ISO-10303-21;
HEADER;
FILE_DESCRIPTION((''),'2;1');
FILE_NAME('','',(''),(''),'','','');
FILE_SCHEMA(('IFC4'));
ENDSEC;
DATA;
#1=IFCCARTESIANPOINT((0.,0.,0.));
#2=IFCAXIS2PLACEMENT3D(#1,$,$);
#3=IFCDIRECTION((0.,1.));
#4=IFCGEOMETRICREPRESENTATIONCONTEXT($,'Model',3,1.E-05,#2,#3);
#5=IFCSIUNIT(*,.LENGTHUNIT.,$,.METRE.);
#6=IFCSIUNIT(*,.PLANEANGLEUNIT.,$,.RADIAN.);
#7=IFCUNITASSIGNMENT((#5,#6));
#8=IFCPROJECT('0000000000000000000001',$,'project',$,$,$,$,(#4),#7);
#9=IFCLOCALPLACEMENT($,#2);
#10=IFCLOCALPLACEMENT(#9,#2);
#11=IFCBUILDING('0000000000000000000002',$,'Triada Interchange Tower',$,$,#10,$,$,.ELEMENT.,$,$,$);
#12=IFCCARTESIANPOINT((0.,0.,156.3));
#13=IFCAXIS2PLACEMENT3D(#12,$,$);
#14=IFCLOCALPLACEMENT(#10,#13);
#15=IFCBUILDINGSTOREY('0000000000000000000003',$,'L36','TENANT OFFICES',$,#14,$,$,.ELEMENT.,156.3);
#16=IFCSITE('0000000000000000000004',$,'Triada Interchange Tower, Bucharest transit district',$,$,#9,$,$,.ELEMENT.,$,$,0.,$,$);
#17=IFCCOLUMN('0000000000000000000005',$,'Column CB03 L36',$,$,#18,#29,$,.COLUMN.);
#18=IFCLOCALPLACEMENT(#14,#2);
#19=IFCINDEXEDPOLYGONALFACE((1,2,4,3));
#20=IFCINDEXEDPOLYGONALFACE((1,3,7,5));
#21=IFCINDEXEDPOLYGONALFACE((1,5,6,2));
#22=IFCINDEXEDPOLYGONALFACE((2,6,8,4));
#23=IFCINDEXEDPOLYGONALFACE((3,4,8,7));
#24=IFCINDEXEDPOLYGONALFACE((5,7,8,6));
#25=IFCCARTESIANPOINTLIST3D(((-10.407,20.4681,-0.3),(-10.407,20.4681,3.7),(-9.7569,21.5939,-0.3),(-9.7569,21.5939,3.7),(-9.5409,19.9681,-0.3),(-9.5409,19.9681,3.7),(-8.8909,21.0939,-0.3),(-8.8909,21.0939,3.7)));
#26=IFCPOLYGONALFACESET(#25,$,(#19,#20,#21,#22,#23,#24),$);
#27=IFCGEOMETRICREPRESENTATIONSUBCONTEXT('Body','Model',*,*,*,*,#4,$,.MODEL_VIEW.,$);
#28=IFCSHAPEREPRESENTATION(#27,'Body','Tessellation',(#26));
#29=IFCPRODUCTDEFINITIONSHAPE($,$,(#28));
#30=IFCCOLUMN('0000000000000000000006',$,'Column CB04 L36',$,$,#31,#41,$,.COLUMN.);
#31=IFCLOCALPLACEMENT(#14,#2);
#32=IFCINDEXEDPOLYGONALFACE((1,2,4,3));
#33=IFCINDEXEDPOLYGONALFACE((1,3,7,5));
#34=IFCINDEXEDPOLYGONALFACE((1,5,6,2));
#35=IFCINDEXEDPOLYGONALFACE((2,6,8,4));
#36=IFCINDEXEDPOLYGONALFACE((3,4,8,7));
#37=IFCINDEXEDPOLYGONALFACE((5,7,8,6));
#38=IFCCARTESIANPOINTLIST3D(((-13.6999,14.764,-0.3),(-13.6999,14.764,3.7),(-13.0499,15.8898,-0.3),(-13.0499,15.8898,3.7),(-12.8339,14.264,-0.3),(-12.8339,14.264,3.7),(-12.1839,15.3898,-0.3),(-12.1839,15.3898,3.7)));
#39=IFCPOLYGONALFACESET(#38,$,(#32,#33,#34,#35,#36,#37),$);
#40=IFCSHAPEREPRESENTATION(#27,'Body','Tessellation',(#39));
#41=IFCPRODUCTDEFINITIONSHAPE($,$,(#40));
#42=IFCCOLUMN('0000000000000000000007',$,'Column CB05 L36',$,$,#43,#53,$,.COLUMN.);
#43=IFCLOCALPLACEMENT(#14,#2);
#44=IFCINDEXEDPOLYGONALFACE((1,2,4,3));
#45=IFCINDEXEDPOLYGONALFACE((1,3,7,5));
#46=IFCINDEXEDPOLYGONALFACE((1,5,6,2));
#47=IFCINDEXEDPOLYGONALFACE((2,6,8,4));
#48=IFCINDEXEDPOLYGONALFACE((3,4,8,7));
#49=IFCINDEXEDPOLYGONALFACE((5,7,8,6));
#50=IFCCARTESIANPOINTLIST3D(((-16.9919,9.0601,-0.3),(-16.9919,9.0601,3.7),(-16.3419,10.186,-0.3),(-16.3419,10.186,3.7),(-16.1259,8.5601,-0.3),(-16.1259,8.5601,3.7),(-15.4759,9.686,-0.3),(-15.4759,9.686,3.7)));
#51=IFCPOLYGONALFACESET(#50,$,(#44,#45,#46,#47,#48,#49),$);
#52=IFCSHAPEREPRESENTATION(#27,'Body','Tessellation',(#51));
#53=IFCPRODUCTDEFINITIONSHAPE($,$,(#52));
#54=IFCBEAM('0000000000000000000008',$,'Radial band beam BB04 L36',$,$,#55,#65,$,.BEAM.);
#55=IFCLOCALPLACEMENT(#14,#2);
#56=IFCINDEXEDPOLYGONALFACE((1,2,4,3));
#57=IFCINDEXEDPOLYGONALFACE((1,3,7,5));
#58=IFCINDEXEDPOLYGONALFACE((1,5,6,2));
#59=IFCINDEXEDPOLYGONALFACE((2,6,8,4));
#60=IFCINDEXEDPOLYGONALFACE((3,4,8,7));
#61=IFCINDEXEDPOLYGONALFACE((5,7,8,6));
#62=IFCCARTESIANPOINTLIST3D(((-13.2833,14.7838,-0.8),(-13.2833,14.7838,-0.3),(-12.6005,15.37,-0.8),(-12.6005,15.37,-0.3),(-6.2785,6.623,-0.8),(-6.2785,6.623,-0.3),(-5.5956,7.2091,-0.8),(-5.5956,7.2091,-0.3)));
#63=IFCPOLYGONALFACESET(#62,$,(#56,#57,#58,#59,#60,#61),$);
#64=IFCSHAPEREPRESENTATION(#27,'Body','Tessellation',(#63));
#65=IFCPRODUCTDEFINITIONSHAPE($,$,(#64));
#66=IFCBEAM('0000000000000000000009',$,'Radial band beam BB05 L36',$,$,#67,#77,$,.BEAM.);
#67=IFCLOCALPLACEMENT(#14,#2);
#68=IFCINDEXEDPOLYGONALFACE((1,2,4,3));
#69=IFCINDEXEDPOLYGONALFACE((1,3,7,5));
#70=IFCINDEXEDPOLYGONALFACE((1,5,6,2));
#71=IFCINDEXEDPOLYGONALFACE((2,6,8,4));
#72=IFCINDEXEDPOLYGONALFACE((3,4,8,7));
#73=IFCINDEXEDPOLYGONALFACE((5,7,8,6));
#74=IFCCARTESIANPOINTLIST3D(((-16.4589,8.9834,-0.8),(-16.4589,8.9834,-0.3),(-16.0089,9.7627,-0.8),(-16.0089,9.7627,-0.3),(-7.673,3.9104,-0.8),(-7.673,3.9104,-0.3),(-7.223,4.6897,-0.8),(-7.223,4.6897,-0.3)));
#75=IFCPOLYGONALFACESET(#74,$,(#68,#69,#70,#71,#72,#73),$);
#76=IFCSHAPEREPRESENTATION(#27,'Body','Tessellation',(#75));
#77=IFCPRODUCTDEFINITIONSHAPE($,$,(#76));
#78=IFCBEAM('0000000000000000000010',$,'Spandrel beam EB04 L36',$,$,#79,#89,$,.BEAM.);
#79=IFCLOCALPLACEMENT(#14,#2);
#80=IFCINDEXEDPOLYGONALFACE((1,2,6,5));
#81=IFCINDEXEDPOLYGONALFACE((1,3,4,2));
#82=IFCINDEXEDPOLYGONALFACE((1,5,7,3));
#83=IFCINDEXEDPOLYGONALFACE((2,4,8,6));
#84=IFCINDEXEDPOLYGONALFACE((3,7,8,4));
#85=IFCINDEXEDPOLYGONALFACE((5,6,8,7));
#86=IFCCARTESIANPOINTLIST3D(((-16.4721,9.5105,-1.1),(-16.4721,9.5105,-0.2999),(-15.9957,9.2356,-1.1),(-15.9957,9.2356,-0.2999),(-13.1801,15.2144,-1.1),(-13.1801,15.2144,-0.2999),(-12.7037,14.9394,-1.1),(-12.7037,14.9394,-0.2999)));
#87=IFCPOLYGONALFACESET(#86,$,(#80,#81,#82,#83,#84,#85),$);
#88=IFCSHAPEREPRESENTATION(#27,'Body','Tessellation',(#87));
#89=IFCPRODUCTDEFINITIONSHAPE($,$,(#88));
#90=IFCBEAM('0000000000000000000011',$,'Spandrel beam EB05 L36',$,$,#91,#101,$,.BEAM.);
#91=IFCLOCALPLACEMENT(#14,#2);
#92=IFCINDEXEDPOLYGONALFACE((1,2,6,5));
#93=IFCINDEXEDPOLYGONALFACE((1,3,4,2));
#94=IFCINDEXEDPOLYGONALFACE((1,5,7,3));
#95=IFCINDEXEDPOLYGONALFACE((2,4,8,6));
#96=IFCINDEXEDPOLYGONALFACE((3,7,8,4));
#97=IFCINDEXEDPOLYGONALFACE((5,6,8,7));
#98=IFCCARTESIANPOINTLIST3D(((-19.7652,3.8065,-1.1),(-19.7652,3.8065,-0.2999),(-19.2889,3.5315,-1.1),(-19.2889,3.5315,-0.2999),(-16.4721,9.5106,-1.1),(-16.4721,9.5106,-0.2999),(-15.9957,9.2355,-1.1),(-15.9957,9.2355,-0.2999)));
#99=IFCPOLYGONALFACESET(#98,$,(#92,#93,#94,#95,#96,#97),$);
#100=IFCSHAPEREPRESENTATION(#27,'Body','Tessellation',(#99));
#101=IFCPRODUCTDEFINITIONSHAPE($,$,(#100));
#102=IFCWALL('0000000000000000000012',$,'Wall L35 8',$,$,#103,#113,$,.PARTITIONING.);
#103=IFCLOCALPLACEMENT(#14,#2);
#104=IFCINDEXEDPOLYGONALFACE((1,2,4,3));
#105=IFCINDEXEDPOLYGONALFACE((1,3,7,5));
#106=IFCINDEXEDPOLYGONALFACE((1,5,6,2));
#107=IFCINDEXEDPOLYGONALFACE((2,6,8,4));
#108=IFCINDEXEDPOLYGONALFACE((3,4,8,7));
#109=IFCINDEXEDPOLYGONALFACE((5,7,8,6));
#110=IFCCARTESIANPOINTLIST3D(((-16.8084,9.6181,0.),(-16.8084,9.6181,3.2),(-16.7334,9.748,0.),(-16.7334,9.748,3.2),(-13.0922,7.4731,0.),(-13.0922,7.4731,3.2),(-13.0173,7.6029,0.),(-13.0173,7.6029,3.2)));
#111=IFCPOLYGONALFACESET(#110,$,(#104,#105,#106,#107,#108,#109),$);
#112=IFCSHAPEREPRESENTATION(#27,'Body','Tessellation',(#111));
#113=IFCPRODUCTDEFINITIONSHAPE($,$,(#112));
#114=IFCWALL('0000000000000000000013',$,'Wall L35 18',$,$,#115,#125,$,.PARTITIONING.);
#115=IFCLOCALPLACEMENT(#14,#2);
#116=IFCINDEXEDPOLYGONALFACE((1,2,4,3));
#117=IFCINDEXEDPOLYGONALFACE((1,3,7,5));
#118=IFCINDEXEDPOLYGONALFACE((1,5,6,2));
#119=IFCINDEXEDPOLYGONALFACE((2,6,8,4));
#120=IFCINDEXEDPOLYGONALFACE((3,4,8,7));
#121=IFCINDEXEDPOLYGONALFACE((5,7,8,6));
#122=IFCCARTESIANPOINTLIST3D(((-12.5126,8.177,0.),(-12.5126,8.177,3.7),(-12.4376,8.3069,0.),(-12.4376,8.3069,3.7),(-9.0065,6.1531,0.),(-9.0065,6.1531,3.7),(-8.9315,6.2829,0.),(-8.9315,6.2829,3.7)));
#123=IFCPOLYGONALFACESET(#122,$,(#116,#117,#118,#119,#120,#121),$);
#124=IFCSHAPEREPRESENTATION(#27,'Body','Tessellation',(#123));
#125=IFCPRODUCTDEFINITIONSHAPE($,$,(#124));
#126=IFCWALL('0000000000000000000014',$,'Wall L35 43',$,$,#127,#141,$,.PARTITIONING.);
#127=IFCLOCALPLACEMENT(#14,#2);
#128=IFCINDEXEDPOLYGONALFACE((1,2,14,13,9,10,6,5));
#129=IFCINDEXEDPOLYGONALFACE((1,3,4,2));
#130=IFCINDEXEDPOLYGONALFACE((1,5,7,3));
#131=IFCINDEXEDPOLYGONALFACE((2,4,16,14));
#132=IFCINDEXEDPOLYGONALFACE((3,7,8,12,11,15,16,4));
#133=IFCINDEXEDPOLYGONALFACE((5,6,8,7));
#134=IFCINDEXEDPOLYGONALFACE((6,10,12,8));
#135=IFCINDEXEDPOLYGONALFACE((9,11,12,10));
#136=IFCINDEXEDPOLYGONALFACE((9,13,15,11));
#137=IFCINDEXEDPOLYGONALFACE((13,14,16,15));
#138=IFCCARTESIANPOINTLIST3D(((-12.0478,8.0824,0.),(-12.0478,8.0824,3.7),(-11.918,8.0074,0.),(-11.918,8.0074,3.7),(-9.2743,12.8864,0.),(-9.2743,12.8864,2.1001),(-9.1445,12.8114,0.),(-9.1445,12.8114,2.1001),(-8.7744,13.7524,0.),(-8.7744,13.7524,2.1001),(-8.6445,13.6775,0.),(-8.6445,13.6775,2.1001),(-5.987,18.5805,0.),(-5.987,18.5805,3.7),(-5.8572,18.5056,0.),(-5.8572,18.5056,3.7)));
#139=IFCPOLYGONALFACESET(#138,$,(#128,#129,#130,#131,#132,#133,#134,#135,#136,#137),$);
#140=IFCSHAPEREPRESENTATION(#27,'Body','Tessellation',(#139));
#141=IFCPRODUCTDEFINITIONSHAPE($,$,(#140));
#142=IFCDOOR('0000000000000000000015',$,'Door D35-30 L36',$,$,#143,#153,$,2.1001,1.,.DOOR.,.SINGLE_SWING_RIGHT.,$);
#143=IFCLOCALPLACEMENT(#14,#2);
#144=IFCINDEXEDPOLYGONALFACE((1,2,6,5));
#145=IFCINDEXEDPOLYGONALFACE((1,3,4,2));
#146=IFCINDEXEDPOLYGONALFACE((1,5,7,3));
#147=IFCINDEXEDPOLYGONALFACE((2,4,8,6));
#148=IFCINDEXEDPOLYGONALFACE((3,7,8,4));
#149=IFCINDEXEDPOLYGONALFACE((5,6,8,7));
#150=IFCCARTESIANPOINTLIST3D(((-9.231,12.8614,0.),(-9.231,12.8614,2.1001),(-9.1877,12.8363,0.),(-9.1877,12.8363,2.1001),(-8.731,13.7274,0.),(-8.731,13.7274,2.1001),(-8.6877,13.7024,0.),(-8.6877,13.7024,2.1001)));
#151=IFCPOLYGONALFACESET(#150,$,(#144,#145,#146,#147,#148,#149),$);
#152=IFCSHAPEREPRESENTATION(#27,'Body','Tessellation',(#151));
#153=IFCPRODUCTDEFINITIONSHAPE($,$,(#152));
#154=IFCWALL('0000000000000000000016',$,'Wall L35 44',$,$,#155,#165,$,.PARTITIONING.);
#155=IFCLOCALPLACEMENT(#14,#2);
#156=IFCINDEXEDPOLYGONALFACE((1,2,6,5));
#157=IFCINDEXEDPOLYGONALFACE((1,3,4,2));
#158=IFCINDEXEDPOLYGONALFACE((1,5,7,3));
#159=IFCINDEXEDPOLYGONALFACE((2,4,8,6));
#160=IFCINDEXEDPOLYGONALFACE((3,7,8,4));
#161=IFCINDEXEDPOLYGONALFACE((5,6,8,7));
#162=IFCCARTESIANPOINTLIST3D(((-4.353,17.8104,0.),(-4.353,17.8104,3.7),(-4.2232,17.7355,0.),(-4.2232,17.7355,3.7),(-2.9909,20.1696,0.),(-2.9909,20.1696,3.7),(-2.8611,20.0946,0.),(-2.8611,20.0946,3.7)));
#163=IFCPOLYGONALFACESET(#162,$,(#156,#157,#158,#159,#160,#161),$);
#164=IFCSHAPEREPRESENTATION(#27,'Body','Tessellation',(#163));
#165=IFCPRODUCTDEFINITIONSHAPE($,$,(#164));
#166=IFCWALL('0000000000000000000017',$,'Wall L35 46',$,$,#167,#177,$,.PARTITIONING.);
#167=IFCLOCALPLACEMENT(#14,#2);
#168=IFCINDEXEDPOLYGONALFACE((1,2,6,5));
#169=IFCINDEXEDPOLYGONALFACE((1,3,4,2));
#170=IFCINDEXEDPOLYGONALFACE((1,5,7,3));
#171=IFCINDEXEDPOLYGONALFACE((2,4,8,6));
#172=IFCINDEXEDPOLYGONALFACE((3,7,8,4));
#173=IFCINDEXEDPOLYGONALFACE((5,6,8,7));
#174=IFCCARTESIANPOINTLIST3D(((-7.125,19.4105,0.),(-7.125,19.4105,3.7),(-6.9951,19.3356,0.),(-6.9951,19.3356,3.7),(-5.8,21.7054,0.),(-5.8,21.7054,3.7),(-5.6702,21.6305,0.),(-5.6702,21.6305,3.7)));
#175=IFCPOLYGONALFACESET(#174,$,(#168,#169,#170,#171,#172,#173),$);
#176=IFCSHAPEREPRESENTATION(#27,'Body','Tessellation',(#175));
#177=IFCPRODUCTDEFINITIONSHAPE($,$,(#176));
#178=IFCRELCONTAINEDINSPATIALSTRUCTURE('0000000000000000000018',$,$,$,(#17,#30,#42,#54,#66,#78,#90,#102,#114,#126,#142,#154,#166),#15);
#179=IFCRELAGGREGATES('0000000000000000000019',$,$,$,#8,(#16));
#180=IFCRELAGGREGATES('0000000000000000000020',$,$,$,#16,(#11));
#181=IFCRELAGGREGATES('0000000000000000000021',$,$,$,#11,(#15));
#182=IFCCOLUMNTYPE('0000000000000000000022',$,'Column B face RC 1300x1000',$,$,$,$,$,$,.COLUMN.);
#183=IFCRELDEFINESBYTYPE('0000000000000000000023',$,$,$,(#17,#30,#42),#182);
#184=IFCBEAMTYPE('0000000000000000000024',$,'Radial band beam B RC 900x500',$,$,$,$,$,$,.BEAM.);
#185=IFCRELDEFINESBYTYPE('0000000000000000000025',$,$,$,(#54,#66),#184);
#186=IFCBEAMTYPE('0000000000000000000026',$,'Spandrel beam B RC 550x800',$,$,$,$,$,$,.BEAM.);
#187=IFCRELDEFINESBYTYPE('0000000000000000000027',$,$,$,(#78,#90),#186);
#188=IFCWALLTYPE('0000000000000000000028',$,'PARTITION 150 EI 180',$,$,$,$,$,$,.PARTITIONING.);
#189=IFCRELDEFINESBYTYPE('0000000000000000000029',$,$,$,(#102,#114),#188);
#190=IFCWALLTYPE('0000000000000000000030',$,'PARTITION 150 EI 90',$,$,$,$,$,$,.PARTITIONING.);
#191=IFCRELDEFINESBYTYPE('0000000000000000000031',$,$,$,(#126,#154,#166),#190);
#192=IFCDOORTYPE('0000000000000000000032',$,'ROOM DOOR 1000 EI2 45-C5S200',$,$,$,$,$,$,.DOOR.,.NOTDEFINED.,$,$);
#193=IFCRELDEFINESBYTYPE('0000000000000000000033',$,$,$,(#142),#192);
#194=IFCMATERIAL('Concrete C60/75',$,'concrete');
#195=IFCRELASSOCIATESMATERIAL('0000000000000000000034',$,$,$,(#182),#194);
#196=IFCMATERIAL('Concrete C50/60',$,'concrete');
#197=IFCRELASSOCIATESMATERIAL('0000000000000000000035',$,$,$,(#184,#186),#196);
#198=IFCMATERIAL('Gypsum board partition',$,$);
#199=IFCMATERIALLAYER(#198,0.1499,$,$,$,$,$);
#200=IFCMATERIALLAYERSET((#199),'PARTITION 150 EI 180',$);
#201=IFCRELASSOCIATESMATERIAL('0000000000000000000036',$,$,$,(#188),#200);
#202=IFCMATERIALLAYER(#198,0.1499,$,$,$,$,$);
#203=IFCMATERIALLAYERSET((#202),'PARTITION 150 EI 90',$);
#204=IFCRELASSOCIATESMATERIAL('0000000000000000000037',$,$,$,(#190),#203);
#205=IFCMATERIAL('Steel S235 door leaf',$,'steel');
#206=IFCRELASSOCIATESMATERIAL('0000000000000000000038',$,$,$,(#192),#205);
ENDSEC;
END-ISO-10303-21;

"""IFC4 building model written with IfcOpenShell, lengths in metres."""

from ifc_helpers import new_model, si_unit, direction, frame, frame_2d, origin, origin_2d, place, context, subcontext, project, spatial, rectangle, extrude, material, layer, layer_set, material_profile, profile_set, type_object, element, fill, save


model = new_model("IFC4")

# Units and contexts
model_context = context("Model", 3, precision=1e-05, world=origin(), true_north=direction((0.0, 1.0)))
body_context = subcontext(model_context, "Body", "Model", "MODEL_VIEW")
ifc_project = project(units=[si_unit("LENGTHUNIT", "METRE"), si_unit("PLANEANGLEUNIT", "RADIAN")], contexts=[model_context])

# Site, building, storey
site_placement = place(None, origin())
site = spatial("IfcSite", under=ifc_project, at=site_placement, Name="Triada Interchange Tower, Bucharest transit district", CompositionType="ELEMENT", RefElevation=0.0)
building_placement = place(site_placement, origin())
building = spatial("IfcBuilding", under=site, at=building_placement, Name="Triada Interchange Tower", CompositionType="ELEMENT")
storey_placement = place(building_placement, frame((0.0, 0.0, 156.3)))
storey = spatial("IfcBuildingStorey", under=building, at=storey_placement, Name="L36", Description="TENANT OFFICES", CompositionType="ELEMENT", Elevation=156.3)

# Columns
ifc_material_1 = material(Name="Concrete C60/75", Category="concrete")
ifc_material_profile_1 = material_profile(ifc_material_1, rectangle(XDim=1.3, YDim=1.0, at=origin_2d()), Name="RC 1300x1000")
ifc_profile_set_1 = profile_set([ifc_material_profile_1], Name="Concrete C60/75")
column_type = type_object("IfcColumnType", Name="Column B face RC 1300x1000", PredefinedType="COLUMN", material=ifc_profile_set_1)
for number, where, z_axis, x_axis, name in (
    (1, (-9.6489, 20.781, -0.3), (0.0, 0.0, 1.0), (0.5, 0.866025, 0.0), "Column CB03 L36"),
    (2, (-12.9419, 15.0769, -0.3), (0.0, 0.0, 1.0), (0.5, 0.866025, 0.0), "Column CB04 L36"),
    (3, (-16.2339, 9.373, -0.3), (0.0, 0.0, 1.0), (0.5, 0.866025, 0.0), "Column CB05 L36"),
):
    element("IfcColumn", number, at=place(storey_placement, frame(where, z_axis=z_axis, x_axis=x_axis)), inside=storey, type_object=column_type, Name=name, PredefinedType="COLUMN", context=body_context, shape_type="SweptSolid", body=[
        extrude(rectangle(XDim=1.3, YDim=1.0, at=origin_2d()), origin(), (0.0, 0.0, 1.0), 4.0),
    ])

# Beams
ifc_material_2 = material(Name="Concrete C50/60", Category="concrete")
ifc_material_profile_2 = material_profile(ifc_material_2, rectangle(XDim=0.8999, YDim=0.5, at=origin_2d()), Name="RC 900x500")
ifc_profile_set_2 = profile_set([ifc_material_profile_2], Name="Concrete C50/60")
beam_type_1 = type_object("IfcBeamType", Name="Radial band beam B RC 900x500", PredefinedType="BEAM", material=ifc_profile_set_2)
beam_1_placement = place(storey_placement, frame((-12.9419, 15.0769, -0.55), z_axis=(0.651318, -0.758805, 0.0), x_axis=(0.758805, 0.651318, 0.0)))
element("IfcBeam", 4, at=beam_1_placement, inside=storey, type_object=beam_type_1, Name="Radial band beam BB04 L36", PredefinedType="BEAM", context=body_context, shape_type="SweptSolid", body=[
    extrude(rectangle(XDim=0.8999, YDim=0.5, at=origin_2d()), origin(), (0.0, 0.0, 1.0), 10.7549),
])
beam_2_placement = place(storey_placement, frame((-16.2339, 9.373, -0.55), z_axis=(0.866006, -0.500034, 0.0), x_axis=(0.500034, 0.866006, 0.0)))
element("IfcBeam", 5, at=beam_2_placement, inside=storey, type_object=beam_type_1, Name="Radial band beam BB05 L36", PredefinedType="BEAM", context=body_context, shape_type="SweptSolid", body=[
    extrude(rectangle(XDim=0.8999, YDim=0.5, at=origin_2d()), origin(), (0.0, 0.0, 1.0), 10.1453),
])
ifc_material_profile_3 = material_profile(ifc_material_2, rectangle(XDim=0.55, YDim=0.8, at=origin_2d()), Name="RC 550x800")
ifc_profile_set_3 = profile_set([ifc_material_profile_3], Name="Concrete C50/60")
beam_type_2 = type_object("IfcBeamType", Name="Spandrel beam B RC 550x800", PredefinedType="BEAM", material=ifc_profile_set_3)
beam_3_placement = place(storey_placement, frame((-12.9419, 15.0769, -0.7), z_axis=(-0.499871, -0.8661, 0.0), x_axis=(0.8661, -0.499871, 0.0)))
element("IfcBeam", 6, at=beam_3_placement, inside=storey, type_object=beam_type_2, Name="Spandrel beam EB04 L36", PredefinedType="BEAM", context=body_context, shape_type="SweptSolid", body=[
    extrude(rectangle(XDim=0.55, YDim=0.8, at=origin_2d()), origin(), (0.0, 0.0, 1.0), 6.5857),
])
beam_4_placement = place(storey_placement, frame((-16.2339, 9.373, -0.7), z_axis=(-0.499994, -0.866029, 0.0), x_axis=(0.866029, -0.499994, 0.0)))
element("IfcBeam", 7, at=beam_4_placement, inside=storey, type_object=beam_type_2, Name="Spandrel beam EB05 L36", PredefinedType="BEAM", context=body_context, shape_type="SweptSolid", body=[
    extrude(rectangle(XDim=0.55, YDim=0.8, at=origin_2d()), origin(), (0.0, 0.0, 1.0), 6.5864),
])

# Shared definitions
ifc_material_3 = material(Name="Steel S235 door leaf", Category="steel")

# Walls
ifc_material_4 = material(Name="Gypsum board partition")
ifc_layer_1 = layer(ifc_material_4, 0.1499)
ifc_layer_set_1 = layer_set([ifc_layer_1], Name="PARTITION 150 EI 180")
wall_type_1 = type_object("IfcWallType", Name="PARTITION 150 EI 180", PredefinedType="PARTITIONING", material=ifc_layer_set_1)
wall_1_placement = place(storey_placement, frame((-16.771, 9.6831, 0.0), z_axis=(0.0, 0.0, 1.0), x_axis=(0.866071, -0.499921, 0.0)))
element("IfcWall", 8, at=wall_1_placement, inside=storey, type_object=wall_type_1, Name="Wall L35 8", PredefinedType="PARTITIONING", context=body_context, shape_type="SweptSolid", body=[
    extrude(rectangle(XDim=4.2908, YDim=0.1499, at=frame_2d((2.1455, 0.0))), origin(), (0.0, 0.0, 1.0), 3.2),
])
wall_2_placement = place(storey_placement, frame((-12.4751, 8.2419, 0.0), z_axis=(0.0, 0.0, 1.0), x_axis=(0.86606, -0.49994, 0.0)))
element("IfcWall", 9, at=wall_2_placement, inside=storey, type_object=wall_type_1, Name="Wall L35 18", PredefinedType="PARTITIONING", context=body_context, shape_type="SweptSolid", body=[
    extrude(rectangle(XDim=4.0483, YDim=0.1499, at=frame_2d((2.0242, 0.0))), origin(), (0.0, 0.0, 1.0), 3.7),
])

# Wall, opening, door
ifc_layer_2 = layer(ifc_material_4, 0.1499)
ifc_layer_set_2 = layer_set([ifc_layer_2], Name="PARTITION 150 EI 90")
wall_type_2 = type_object("IfcWallType", Name="PARTITION 150 EI 90", PredefinedType="PARTITIONING", material=ifc_layer_set_2)
wall_3_placement = place(storey_placement, frame((-11.9829, 8.0449, 0.0), z_axis=(0.0, 0.0, 1.0), x_axis=(0.499984, 0.866035, 0.0)))
wall_3 = element("IfcWall", 10, at=wall_3_placement, inside=storey, type_object=wall_type_2, Name="Wall L35 43", PredefinedType="PARTITIONING", context=body_context, shape_type="SweptSolid", body=[
    extrude(rectangle(XDim=12.1221, YDim=0.1499, at=frame_2d((6.061, 0.0))), origin(), (0.0, 0.0, 1.0), 3.7),
])
opening_1_placement = place(wall_3_placement, frame((5.5471, 0.0, 0.0)))
opening_1 = element("IfcOpeningElement", 11, at=opening_1_placement, cuts=wall_3, PredefinedType="OPENING", context=body_context, shape_type="SweptSolid", body=[
    extrude(rectangle(XDim=1.0, YDim=2.1001, at=frame_2d((0.5, 1.05))), frame((0.0, 0.085, 0.0), z_axis=(0.0, -1.0, 0.0), x_axis=(1.0, 0.0, 0.0)), (0.0, 0.0, 1.0), 0.1699),
])
door_type_1 = type_object("IfcDoorType", Name="ROOM DOOR 1000 EI2 45-C5S200", OperationType="NOTDEFINED", PredefinedType="DOOR", material=ifc_material_3)
door_1_placement = place(opening_1_placement, origin())
door_1 = element("IfcDoor", 12, at=door_1_placement, inside=storey, type_object=door_type_1, Name="Door D35-30 L36", OperationType="SINGLE_SWING_RIGHT", OverallHeight=2.1001, OverallWidth=1.0, PredefinedType="DOOR", context=body_context, shape_type="SweptSolid", body=[
    extrude(rectangle(XDim=1.0, YDim=2.1001, at=frame_2d((0.5, 1.05))), frame((0.0, 0.0249, 0.0), z_axis=(0.0, -1.0, 0.0), x_axis=(1.0, 0.0, 0.0)), (0.0, 0.0, 1.0), 0.05),
])
fill(opening_1, door_1)

# Walls
wall_4_placement = place(storey_placement, frame((-4.2881, 17.7729, 0.0), z_axis=(0.0, 0.0, 1.0), x_axis=(0.500004, 0.866023, 0.0)))
element("IfcWall", 13, at=wall_4_placement, inside=storey, type_object=wall_type_2, Name="Wall L35 44", PredefinedType="PARTITIONING", context=body_context, shape_type="SweptSolid", body=[
    extrude(rectangle(XDim=2.7241, YDim=0.1499, at=frame_2d((1.3621, 0.0))), origin(), (0.0, 0.0, 1.0), 3.7),
])
wall_5_placement = place(storey_placement, frame((-7.0601, 19.373, 0.0), z_axis=(0.0, 0.0, 1.0), x_axis=(0.499994, 0.866029, 0.0)))
element("IfcWall", 14, at=wall_5_placement, inside=storey, type_object=wall_type_2, Name="Wall L35 46", PredefinedType="PARTITIONING", context=body_context, shape_type="SweptSolid", body=[
    extrude(rectangle(XDim=2.6499, YDim=0.1499, at=frame_2d((1.325, 0.0))), origin(), (0.0, 0.0, 1.0), 3.7),
])

save(model, "model.ifc")
